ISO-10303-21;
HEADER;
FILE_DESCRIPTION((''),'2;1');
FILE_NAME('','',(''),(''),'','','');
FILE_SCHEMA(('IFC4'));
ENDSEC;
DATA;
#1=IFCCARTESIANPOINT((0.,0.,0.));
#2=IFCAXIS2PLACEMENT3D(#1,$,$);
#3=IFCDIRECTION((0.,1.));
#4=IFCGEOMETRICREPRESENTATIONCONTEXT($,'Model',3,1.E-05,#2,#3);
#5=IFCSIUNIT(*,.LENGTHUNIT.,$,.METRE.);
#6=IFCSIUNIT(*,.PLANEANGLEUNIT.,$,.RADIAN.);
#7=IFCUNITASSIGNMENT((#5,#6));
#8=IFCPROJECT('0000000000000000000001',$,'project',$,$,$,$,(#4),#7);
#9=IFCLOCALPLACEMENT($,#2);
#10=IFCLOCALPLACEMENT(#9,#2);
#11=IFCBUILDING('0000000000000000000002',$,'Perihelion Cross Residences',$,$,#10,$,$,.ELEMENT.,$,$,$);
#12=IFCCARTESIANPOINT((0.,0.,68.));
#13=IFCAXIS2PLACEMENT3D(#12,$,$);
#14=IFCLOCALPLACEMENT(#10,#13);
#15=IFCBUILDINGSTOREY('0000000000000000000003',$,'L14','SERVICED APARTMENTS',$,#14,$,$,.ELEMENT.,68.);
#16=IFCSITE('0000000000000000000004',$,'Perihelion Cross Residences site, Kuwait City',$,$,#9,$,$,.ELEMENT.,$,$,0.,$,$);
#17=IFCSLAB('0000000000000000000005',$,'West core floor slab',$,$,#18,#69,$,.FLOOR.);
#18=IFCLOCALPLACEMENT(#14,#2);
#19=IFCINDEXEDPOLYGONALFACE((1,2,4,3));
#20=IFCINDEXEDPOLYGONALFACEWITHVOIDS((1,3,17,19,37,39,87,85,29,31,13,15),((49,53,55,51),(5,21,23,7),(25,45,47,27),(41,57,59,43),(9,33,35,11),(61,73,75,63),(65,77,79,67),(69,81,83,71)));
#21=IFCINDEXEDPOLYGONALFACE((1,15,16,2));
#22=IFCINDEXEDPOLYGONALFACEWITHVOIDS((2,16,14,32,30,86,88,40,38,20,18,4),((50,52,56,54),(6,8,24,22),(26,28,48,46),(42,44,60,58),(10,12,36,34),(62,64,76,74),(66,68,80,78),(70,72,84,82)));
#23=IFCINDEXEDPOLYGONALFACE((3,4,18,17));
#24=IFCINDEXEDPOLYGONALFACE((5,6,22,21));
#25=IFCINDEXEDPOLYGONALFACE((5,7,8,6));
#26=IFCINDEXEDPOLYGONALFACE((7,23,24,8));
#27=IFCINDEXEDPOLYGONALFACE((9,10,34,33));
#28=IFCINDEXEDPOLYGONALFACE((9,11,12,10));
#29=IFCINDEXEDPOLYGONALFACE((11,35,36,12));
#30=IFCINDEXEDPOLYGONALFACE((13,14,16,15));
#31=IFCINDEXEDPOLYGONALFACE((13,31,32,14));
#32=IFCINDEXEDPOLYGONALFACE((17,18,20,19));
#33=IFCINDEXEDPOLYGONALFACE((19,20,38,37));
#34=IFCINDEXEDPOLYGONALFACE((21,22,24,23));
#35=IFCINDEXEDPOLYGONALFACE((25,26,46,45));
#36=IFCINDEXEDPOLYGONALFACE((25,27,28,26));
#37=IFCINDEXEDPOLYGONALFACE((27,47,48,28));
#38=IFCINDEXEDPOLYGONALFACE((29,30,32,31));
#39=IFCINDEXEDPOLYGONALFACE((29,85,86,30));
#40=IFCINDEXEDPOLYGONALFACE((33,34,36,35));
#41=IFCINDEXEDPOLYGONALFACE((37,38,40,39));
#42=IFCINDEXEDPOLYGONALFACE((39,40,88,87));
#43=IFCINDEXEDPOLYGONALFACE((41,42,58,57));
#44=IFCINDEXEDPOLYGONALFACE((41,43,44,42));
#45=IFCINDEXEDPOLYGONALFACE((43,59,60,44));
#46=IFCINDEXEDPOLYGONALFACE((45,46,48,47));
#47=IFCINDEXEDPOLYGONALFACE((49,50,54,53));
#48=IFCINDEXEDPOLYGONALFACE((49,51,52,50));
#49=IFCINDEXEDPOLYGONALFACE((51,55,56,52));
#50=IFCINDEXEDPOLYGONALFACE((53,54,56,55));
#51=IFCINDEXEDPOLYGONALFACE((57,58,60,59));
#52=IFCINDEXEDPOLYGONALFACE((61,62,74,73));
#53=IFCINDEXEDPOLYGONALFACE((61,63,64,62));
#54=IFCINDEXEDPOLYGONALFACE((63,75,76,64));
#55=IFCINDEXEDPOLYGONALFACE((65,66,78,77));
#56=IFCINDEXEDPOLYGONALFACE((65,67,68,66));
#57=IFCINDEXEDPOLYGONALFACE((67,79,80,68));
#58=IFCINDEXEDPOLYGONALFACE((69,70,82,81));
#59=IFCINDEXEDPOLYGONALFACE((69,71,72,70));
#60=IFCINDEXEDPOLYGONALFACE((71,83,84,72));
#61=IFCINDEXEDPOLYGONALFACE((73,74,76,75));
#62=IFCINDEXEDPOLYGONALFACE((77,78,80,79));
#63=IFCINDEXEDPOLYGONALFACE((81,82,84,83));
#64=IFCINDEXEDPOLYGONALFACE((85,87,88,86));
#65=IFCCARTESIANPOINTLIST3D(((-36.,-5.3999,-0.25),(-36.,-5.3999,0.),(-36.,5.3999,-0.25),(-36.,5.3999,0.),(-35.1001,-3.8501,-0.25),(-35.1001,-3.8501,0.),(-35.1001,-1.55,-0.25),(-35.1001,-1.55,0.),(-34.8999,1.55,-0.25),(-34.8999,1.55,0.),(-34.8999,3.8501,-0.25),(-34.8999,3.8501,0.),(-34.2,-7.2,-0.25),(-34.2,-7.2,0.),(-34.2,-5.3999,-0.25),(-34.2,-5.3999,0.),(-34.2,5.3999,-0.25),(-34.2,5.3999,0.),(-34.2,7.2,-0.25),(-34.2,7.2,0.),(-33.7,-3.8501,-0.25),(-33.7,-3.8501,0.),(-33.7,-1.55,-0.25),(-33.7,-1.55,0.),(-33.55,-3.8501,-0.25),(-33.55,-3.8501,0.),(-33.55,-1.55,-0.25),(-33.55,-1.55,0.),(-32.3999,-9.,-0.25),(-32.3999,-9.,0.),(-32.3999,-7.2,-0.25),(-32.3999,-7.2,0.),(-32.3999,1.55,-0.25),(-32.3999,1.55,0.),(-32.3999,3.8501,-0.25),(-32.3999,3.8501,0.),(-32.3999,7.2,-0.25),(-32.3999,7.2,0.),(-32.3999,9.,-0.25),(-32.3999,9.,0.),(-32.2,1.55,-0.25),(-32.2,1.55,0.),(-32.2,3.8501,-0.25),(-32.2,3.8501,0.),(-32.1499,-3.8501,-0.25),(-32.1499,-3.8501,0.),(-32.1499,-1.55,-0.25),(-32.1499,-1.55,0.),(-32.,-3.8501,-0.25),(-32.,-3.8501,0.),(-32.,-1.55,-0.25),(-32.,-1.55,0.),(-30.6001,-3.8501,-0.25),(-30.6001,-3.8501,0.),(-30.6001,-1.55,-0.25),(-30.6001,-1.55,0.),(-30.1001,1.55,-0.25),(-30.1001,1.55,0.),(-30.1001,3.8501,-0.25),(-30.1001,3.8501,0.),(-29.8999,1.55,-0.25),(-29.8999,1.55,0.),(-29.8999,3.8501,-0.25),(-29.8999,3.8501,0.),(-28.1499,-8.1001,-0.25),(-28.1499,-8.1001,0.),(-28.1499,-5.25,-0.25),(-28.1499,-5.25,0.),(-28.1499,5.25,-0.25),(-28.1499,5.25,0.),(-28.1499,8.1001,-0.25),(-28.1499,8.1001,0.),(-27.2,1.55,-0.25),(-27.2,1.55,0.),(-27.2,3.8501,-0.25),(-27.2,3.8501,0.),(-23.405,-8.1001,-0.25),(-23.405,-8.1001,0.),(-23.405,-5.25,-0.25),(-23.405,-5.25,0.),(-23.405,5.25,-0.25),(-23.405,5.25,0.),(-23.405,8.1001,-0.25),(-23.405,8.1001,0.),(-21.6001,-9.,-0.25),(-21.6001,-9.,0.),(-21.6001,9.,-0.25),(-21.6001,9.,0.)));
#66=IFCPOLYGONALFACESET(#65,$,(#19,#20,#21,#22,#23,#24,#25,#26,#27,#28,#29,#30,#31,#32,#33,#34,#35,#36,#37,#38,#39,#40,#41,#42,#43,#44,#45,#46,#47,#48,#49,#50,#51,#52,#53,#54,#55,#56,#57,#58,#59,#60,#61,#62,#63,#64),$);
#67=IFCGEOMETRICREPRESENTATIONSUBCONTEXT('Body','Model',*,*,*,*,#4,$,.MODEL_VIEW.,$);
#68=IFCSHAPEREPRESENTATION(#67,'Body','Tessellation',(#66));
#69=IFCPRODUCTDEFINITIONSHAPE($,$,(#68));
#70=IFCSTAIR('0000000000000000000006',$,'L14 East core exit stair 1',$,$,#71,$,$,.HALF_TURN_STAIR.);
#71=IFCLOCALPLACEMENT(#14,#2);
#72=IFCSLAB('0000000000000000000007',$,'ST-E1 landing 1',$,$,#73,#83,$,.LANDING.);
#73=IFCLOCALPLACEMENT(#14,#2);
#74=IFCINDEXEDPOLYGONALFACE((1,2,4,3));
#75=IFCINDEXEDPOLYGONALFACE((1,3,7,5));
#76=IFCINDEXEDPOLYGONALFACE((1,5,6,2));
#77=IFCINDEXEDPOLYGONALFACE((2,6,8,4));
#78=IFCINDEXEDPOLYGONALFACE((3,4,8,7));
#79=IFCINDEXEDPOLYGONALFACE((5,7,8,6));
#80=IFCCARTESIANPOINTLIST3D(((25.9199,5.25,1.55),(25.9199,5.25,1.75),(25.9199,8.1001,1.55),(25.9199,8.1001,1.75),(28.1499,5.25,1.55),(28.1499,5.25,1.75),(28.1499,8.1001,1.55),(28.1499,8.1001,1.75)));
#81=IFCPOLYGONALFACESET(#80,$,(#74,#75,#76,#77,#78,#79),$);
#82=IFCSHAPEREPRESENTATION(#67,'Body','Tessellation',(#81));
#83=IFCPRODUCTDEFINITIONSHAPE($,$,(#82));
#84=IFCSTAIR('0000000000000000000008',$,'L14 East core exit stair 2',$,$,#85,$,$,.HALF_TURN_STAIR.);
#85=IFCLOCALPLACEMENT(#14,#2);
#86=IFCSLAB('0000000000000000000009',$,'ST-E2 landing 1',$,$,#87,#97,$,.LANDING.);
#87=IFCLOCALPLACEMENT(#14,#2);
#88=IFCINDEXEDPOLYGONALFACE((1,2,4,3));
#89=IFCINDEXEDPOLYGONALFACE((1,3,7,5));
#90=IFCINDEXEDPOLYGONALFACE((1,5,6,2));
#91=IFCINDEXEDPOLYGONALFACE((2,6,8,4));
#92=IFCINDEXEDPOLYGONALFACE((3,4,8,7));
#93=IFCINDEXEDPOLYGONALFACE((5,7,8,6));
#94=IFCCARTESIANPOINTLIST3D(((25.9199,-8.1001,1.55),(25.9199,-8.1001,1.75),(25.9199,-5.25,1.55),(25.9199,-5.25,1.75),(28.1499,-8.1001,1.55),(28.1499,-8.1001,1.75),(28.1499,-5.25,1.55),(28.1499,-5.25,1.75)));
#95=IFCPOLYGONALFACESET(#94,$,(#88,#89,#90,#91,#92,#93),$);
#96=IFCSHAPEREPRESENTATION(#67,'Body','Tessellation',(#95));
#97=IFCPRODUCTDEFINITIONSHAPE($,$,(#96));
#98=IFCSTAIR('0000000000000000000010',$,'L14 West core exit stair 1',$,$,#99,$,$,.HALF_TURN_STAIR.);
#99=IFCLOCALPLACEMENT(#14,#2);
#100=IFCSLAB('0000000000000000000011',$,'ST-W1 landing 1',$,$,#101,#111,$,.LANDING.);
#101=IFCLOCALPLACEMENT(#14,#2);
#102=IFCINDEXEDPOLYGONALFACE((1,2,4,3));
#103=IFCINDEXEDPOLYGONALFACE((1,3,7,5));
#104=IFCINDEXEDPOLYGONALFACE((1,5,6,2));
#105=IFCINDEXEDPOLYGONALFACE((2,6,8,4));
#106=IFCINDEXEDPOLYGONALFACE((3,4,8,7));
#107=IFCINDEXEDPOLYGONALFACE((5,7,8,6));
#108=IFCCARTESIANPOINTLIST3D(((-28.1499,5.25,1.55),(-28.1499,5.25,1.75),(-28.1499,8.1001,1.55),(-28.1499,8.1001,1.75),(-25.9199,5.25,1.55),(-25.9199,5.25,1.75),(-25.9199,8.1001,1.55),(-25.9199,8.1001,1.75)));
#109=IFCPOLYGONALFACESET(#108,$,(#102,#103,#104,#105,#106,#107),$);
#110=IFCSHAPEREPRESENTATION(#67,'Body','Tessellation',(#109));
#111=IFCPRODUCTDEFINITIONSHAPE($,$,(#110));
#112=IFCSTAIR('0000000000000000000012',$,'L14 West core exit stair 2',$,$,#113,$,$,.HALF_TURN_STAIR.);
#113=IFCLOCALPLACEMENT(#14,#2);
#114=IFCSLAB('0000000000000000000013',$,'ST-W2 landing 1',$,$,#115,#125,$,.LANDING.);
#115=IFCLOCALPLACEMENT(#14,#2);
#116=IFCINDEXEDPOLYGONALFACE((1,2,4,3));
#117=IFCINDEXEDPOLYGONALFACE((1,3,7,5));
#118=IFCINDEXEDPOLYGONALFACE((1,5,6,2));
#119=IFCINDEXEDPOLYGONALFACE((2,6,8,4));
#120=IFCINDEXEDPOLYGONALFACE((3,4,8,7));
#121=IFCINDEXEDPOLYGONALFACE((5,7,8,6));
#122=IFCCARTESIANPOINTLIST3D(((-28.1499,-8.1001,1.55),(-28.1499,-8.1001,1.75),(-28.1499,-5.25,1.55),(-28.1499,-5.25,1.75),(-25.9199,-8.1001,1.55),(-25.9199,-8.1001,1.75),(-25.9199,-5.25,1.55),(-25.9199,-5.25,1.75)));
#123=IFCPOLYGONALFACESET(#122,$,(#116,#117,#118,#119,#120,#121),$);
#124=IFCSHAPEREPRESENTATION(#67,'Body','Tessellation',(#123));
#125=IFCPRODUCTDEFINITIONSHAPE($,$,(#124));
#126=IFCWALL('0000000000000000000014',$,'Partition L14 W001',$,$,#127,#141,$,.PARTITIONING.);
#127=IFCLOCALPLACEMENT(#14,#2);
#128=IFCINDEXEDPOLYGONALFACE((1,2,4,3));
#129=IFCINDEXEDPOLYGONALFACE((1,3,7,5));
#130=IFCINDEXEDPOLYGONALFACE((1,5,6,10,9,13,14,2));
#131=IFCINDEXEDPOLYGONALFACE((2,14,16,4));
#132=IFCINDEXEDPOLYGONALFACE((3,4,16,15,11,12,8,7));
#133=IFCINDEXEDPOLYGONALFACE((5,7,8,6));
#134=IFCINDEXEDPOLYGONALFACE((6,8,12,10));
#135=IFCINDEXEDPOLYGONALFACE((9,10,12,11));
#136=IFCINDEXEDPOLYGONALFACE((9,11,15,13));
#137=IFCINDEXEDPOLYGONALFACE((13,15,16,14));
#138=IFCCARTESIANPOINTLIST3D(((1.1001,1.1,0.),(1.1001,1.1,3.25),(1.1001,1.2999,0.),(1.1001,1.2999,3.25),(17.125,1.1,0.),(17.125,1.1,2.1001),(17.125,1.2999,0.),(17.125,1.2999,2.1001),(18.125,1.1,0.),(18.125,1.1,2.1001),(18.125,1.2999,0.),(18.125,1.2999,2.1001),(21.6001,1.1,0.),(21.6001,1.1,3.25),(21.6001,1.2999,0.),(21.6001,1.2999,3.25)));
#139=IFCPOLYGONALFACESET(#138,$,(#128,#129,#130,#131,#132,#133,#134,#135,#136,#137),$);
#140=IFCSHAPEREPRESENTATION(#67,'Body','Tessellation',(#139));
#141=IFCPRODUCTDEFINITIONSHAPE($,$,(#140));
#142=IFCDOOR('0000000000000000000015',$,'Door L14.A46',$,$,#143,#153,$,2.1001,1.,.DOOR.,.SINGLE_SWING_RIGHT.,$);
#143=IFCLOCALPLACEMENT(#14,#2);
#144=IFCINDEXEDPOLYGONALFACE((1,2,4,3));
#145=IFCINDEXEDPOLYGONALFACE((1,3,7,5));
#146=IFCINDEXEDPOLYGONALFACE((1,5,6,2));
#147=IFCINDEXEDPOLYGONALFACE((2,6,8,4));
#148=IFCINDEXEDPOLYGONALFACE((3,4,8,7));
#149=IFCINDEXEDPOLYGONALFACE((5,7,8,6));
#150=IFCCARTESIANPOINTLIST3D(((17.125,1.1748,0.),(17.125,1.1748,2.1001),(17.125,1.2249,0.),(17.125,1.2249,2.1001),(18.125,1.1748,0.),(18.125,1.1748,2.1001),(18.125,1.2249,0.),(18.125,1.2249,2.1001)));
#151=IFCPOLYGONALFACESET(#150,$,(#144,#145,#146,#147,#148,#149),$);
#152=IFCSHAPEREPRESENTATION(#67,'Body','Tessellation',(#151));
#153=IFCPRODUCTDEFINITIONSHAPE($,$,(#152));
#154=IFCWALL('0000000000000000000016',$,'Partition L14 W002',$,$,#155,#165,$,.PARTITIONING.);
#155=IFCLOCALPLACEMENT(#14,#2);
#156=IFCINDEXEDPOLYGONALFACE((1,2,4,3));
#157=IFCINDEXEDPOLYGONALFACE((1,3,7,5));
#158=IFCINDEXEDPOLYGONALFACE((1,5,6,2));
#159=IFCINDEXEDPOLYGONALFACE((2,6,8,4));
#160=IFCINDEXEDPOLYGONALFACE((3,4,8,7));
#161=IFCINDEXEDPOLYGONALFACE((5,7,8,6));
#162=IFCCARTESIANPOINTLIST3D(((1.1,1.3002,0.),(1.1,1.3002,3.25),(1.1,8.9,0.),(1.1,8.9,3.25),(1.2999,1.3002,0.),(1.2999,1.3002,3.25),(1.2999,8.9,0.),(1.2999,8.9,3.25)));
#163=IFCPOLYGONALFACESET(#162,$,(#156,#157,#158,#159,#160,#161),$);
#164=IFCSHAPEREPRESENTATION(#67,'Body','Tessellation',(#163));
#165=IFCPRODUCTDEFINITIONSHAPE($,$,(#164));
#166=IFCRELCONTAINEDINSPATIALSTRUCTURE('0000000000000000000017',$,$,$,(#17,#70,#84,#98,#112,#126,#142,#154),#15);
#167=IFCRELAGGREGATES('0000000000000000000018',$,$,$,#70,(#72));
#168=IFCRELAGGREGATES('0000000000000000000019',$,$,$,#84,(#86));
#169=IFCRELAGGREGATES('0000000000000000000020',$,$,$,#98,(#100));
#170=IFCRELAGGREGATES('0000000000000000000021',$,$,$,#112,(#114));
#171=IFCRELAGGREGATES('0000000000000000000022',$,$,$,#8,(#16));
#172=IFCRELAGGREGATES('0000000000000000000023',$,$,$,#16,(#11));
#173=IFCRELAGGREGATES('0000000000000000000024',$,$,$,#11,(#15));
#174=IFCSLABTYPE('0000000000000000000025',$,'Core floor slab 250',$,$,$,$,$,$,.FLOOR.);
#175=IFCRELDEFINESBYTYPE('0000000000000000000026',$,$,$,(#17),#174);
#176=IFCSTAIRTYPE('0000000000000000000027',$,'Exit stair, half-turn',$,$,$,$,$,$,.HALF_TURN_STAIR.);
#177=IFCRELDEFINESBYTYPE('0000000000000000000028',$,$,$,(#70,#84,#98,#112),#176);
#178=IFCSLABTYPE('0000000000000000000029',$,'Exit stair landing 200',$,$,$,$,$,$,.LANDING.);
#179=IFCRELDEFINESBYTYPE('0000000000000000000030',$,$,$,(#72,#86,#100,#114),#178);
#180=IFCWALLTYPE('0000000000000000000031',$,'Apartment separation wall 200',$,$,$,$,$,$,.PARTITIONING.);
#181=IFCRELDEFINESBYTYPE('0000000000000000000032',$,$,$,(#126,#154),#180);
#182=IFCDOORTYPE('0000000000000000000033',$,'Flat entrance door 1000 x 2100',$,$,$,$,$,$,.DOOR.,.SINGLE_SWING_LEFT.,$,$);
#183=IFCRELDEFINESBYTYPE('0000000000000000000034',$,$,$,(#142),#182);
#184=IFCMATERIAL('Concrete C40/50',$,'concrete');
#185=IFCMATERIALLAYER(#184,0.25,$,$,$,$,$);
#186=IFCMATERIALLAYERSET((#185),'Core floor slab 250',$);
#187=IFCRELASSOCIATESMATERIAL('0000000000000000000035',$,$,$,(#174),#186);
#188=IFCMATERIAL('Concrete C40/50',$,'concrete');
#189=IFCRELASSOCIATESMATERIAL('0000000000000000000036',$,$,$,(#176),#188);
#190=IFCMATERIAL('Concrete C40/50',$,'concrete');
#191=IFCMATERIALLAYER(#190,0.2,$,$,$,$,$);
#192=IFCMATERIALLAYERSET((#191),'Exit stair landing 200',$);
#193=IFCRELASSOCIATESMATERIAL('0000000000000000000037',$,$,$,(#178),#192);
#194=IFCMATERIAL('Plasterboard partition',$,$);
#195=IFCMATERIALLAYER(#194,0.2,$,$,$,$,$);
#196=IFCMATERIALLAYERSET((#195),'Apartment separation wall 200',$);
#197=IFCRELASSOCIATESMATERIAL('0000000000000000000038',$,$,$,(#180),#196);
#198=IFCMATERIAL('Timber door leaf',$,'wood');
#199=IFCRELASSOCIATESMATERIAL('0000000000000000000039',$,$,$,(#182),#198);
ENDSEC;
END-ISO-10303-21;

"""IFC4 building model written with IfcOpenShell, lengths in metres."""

from ifc_helpers import new_model, si_unit, direction, frame, frame_2d, origin, place, context, subcontext, project, spatial, polyline, rectangle, outline, extrude, material, layer, layer_set, type_object, element, fill, aggregate, save


model = new_model("IFC4")

# Units and contexts
model_context = context("Model", 3, precision=1e-05, world=origin(), true_north=direction((0.0, 1.0)))
body_context = subcontext(model_context, "Body", "Model", "MODEL_VIEW")
ifc_project = project(units=[si_unit("LENGTHUNIT", "METRE"), si_unit("PLANEANGLEUNIT", "RADIAN")], contexts=[model_context])

# Site, building, storey
site_placement = place(None, origin())
site = spatial("IfcSite", under=ifc_project, at=site_placement, Name="Perihelion Cross Residences site, Kuwait City", CompositionType="ELEMENT", RefElevation=0.0)
building_placement = place(site_placement, origin())
building = spatial("IfcBuilding", under=site, at=building_placement, Name="Perihelion Cross Residences", CompositionType="ELEMENT")
storey_placement = place(building_placement, frame((0.0, 0.0, 68.0)))
storey = spatial("IfcBuildingStorey", under=building, at=storey_placement, Name="L14", Description="SERVICED APARTMENTS", CompositionType="ELEMENT", Elevation=68.0)

# Slab
ifc_material_1 = material(Name="Concrete C40/50", Category="concrete")
ifc_layer_1 = layer(ifc_material_1, 0.25)
ifc_layer_set_1 = layer_set([ifc_layer_1], Name="Core floor slab 250")
slab_type_1 = type_object("IfcSlabType", Name="Core floor slab 250", PredefinedType="FLOOR", material=ifc_layer_set_1)
slab_1_placement = place(storey_placement, frame((0.0, 0.0, -0.25)))
element("IfcSlab", 1, at=slab_1_placement, inside=storey, type_object=slab_type_1, Name="West core floor slab", PredefinedType="FLOOR", context=body_context, shape_type="SweptSolid", body=[
    extrude(outline(polyline([(-32.3999, 7.2), (-34.2, 7.2), (-34.2, 5.3999), (-36.0, 5.3999), (-36.0, -5.3999), (-34.2, -5.3999), (-34.2, -7.2), (-32.3999, -7.2), (-32.3999, -9.0), (-21.6001, -9.0), (-21.6001, 9.0), (-32.3999, 9.0), (-32.3999, 7.2)]), holes=[polyline([(-23.405, -8.1001), (-28.1499, -8.1001), (-28.1499, -5.25), (-23.405, -5.25), (-23.405, -8.1001)]), polyline([(-30.6001, -1.55), (-30.6001, -3.8501), (-32.0, -3.8501), (-32.0, -1.55), (-30.6001, -1.55)]), polyline([(-32.1499, -1.55), (-32.1499, -3.8501), (-33.55, -3.8501), (-33.55, -1.55), (-32.1499, -1.55)]), polyline([(-33.7, -1.55), (-33.7, -3.8501), (-35.1001, -3.8501), (-35.1001, -1.55), (-33.7, -1.55)]), polyline([(-27.2, 3.8501), (-27.2, 1.55), (-29.8999, 1.55), (-29.8999, 3.8501), (-27.2, 3.8501)]), polyline([(-30.1001, 3.8501), (-30.1001, 1.55), (-32.2, 1.55), (-32.2, 3.8501), (-30.1001, 3.8501)]), polyline([(-32.3999, 3.8501), (-32.3999, 1.55), (-34.8999, 1.55), (-34.8999, 3.8501), (-32.3999, 3.8501)]), polyline([(-23.405, 5.25), (-28.1499, 5.25), (-28.1499, 8.1001), (-23.405, 8.1001), (-23.405, 5.25)])]), origin(), (0.0, 0.0, 1.0), 0.25),
])

# Stairs, slabs
ifc_material_2 = material(Name="Concrete C40/50", Category="concrete")
stair_type = type_object("IfcStairType", Name="Exit stair, half-turn", PredefinedType="HALF_TURN_STAIR", material=ifc_material_2)
stair_1_placement = place(storey_placement, origin())
stair_1 = element("IfcStair", 2, at=stair_1_placement, inside=storey, type_object=stair_type, Name="L14 East core exit stair 1", PredefinedType="HALF_TURN_STAIR")
ifc_material_3 = material(Name="Concrete C40/50", Category="concrete")
ifc_layer_2 = layer(ifc_material_3, 0.2)
ifc_layer_set_2 = layer_set([ifc_layer_2], Name="Exit stair landing 200")
slab_type_2 = type_object("IfcSlabType", Name="Exit stair landing 200", PredefinedType="LANDING", material=ifc_layer_set_2)
slab_2_placement = place(storey_placement, frame((0.0, 0.0, 1.55)))
slab_2 = element("IfcSlab", 3, at=slab_2_placement, type_object=slab_type_2, Name="ST-E1 landing 1", PredefinedType="LANDING", context=body_context, shape_type="SweptSolid", body=[
    extrude(outline(polyline([(25.9199, 5.25), (28.1499, 5.25), (28.1499, 8.1001), (25.9199, 8.1001), (25.9199, 5.25)])), origin(), (0.0, 0.0, 1.0), 0.2),
])
aggregate(stair_1, [slab_2])
stair_2_placement = place(storey_placement, origin())
stair_2 = element("IfcStair", 4, at=stair_2_placement, inside=storey, type_object=stair_type, Name="L14 East core exit stair 2", PredefinedType="HALF_TURN_STAIR")
slab_3_placement = place(storey_placement, frame((0.0, 0.0, 1.55)))
slab_3 = element("IfcSlab", 5, at=slab_3_placement, type_object=slab_type_2, Name="ST-E2 landing 1", PredefinedType="LANDING", context=body_context, shape_type="SweptSolid", body=[
    extrude(outline(polyline([(25.9199, -8.1001), (28.1499, -8.1001), (28.1499, -5.25), (25.9199, -5.25), (25.9199, -8.1001)])), origin(), (0.0, 0.0, 1.0), 0.2),
])
aggregate(stair_2, [slab_3])
stair_3_placement = place(storey_placement, origin())
stair_3 = element("IfcStair", 6, at=stair_3_placement, inside=storey, type_object=stair_type, Name="L14 West core exit stair 1", PredefinedType="HALF_TURN_STAIR")
slab_4_placement = place(storey_placement, frame((0.0, 0.0, 1.55)))
slab_4 = element("IfcSlab", 7, at=slab_4_placement, type_object=slab_type_2, Name="ST-W1 landing 1", PredefinedType="LANDING", context=body_context, shape_type="SweptSolid", body=[
    extrude(outline(polyline([(-25.9199, 8.1001), (-28.1499, 8.1001), (-28.1499, 5.25), (-25.9199, 5.25), (-25.9199, 8.1001)])), origin(), (0.0, 0.0, 1.0), 0.2),
])
aggregate(stair_3, [slab_4])
stair_4_placement = place(storey_placement, origin())
stair_4 = element("IfcStair", 8, at=stair_4_placement, inside=storey, type_object=stair_type, Name="L14 West core exit stair 2", PredefinedType="HALF_TURN_STAIR")
slab_5_placement = place(storey_placement, frame((0.0, 0.0, 1.55)))
slab_5 = element("IfcSlab", 9, at=slab_5_placement, type_object=slab_type_2, Name="ST-W2 landing 1", PredefinedType="LANDING", context=body_context, shape_type="SweptSolid", body=[
    extrude(outline(polyline([(-25.9199, -5.25), (-28.1499, -5.25), (-28.1499, -8.1001), (-25.9199, -8.1001), (-25.9199, -5.25)])), origin(), (0.0, 0.0, 1.0), 0.2),
])
aggregate(stair_4, [slab_5])

# Wall, opening, door
ifc_material_4 = material(Name="Plasterboard partition")
ifc_layer_3 = layer(ifc_material_4, 0.2)
ifc_layer_set_3 = layer_set([ifc_layer_3], Name="Apartment separation wall 200")
wall_type_1 = type_object("IfcWallType", Name="Apartment separation wall 200", PredefinedType="PARTITIONING", material=ifc_layer_set_3)
wall_1_placement = place(storey_placement, frame((1.1001, 1.2, 0.0), z_axis=(0.0, 0.0, 1.0), x_axis=(1.0, 0.0, 0.0)))
wall_1 = element("IfcWall", 10, at=wall_1_placement, inside=storey, type_object=wall_type_1, Name="Partition L14 W001", PredefinedType="PARTITIONING", context=body_context, shape_type="SweptSolid", body=[
    extrude(rectangle(XDim=20.5, YDim=0.2, at=frame_2d((10.25, 0.0))), origin(), (0.0, 0.0, 1.0), 3.25),
])
opening_1_placement = place(wall_1_placement, frame((16.0249, 0.0, 0.0)))
opening_1 = element("IfcOpeningElement", 11, at=opening_1_placement, cuts=wall_1, PredefinedType="OPENING", context=body_context, shape_type="SweptSolid", body=[
    extrude(rectangle(XDim=1.0, YDim=2.1001, at=frame_2d((0.5, 1.05))), frame((0.0, 0.1099, 0.0), z_axis=(0.0, -1.0, 0.0), x_axis=(1.0, 0.0, 0.0)), (0.0, 0.0, 1.0), 0.22),
])
ifc_material_5 = material(Name="Timber door leaf", Category="wood")
door_type_1 = type_object("IfcDoorType", Name="Flat entrance door 1000 x 2100", OperationType="SINGLE_SWING_LEFT", PredefinedType="DOOR", material=ifc_material_5)
door_1_placement = place(opening_1_placement, origin())
door_1 = element("IfcDoor", 12, at=door_1_placement, inside=storey, type_object=door_type_1, Name="Door L14.A46", OperationType="SINGLE_SWING_RIGHT", OverallHeight=2.1001, OverallWidth=1.0, PredefinedType="DOOR", context=body_context, shape_type="SweptSolid", body=[
    extrude(rectangle(XDim=1.0, YDim=2.1001, at=frame_2d((0.5, 1.05))), frame((0.0, 0.0249, 0.0), z_axis=(0.0, -1.0, 0.0), x_axis=(1.0, 0.0, 0.0)), (0.0, 0.0, 1.0), 0.05),
])
fill(opening_1, door_1)

# Wall
wall_2_placement = place(storey_placement, frame((1.2, 8.8999, 0.0), z_axis=(0.0, 0.0, 1.0), x_axis=(0.0, -1.0, 0.0)))
element("IfcWall", 13, at=wall_2_placement, inside=storey, type_object=wall_type_1, Name="Partition L14 W002", PredefinedType="PARTITIONING", context=body_context, shape_type="SweptSolid", body=[
    extrude(rectangle(XDim=7.5999, YDim=0.2, at=frame_2d((3.7998, 0.0))), origin(), (0.0, 0.0, 1.0), 3.25),
])

save(model, "model.ifc")
